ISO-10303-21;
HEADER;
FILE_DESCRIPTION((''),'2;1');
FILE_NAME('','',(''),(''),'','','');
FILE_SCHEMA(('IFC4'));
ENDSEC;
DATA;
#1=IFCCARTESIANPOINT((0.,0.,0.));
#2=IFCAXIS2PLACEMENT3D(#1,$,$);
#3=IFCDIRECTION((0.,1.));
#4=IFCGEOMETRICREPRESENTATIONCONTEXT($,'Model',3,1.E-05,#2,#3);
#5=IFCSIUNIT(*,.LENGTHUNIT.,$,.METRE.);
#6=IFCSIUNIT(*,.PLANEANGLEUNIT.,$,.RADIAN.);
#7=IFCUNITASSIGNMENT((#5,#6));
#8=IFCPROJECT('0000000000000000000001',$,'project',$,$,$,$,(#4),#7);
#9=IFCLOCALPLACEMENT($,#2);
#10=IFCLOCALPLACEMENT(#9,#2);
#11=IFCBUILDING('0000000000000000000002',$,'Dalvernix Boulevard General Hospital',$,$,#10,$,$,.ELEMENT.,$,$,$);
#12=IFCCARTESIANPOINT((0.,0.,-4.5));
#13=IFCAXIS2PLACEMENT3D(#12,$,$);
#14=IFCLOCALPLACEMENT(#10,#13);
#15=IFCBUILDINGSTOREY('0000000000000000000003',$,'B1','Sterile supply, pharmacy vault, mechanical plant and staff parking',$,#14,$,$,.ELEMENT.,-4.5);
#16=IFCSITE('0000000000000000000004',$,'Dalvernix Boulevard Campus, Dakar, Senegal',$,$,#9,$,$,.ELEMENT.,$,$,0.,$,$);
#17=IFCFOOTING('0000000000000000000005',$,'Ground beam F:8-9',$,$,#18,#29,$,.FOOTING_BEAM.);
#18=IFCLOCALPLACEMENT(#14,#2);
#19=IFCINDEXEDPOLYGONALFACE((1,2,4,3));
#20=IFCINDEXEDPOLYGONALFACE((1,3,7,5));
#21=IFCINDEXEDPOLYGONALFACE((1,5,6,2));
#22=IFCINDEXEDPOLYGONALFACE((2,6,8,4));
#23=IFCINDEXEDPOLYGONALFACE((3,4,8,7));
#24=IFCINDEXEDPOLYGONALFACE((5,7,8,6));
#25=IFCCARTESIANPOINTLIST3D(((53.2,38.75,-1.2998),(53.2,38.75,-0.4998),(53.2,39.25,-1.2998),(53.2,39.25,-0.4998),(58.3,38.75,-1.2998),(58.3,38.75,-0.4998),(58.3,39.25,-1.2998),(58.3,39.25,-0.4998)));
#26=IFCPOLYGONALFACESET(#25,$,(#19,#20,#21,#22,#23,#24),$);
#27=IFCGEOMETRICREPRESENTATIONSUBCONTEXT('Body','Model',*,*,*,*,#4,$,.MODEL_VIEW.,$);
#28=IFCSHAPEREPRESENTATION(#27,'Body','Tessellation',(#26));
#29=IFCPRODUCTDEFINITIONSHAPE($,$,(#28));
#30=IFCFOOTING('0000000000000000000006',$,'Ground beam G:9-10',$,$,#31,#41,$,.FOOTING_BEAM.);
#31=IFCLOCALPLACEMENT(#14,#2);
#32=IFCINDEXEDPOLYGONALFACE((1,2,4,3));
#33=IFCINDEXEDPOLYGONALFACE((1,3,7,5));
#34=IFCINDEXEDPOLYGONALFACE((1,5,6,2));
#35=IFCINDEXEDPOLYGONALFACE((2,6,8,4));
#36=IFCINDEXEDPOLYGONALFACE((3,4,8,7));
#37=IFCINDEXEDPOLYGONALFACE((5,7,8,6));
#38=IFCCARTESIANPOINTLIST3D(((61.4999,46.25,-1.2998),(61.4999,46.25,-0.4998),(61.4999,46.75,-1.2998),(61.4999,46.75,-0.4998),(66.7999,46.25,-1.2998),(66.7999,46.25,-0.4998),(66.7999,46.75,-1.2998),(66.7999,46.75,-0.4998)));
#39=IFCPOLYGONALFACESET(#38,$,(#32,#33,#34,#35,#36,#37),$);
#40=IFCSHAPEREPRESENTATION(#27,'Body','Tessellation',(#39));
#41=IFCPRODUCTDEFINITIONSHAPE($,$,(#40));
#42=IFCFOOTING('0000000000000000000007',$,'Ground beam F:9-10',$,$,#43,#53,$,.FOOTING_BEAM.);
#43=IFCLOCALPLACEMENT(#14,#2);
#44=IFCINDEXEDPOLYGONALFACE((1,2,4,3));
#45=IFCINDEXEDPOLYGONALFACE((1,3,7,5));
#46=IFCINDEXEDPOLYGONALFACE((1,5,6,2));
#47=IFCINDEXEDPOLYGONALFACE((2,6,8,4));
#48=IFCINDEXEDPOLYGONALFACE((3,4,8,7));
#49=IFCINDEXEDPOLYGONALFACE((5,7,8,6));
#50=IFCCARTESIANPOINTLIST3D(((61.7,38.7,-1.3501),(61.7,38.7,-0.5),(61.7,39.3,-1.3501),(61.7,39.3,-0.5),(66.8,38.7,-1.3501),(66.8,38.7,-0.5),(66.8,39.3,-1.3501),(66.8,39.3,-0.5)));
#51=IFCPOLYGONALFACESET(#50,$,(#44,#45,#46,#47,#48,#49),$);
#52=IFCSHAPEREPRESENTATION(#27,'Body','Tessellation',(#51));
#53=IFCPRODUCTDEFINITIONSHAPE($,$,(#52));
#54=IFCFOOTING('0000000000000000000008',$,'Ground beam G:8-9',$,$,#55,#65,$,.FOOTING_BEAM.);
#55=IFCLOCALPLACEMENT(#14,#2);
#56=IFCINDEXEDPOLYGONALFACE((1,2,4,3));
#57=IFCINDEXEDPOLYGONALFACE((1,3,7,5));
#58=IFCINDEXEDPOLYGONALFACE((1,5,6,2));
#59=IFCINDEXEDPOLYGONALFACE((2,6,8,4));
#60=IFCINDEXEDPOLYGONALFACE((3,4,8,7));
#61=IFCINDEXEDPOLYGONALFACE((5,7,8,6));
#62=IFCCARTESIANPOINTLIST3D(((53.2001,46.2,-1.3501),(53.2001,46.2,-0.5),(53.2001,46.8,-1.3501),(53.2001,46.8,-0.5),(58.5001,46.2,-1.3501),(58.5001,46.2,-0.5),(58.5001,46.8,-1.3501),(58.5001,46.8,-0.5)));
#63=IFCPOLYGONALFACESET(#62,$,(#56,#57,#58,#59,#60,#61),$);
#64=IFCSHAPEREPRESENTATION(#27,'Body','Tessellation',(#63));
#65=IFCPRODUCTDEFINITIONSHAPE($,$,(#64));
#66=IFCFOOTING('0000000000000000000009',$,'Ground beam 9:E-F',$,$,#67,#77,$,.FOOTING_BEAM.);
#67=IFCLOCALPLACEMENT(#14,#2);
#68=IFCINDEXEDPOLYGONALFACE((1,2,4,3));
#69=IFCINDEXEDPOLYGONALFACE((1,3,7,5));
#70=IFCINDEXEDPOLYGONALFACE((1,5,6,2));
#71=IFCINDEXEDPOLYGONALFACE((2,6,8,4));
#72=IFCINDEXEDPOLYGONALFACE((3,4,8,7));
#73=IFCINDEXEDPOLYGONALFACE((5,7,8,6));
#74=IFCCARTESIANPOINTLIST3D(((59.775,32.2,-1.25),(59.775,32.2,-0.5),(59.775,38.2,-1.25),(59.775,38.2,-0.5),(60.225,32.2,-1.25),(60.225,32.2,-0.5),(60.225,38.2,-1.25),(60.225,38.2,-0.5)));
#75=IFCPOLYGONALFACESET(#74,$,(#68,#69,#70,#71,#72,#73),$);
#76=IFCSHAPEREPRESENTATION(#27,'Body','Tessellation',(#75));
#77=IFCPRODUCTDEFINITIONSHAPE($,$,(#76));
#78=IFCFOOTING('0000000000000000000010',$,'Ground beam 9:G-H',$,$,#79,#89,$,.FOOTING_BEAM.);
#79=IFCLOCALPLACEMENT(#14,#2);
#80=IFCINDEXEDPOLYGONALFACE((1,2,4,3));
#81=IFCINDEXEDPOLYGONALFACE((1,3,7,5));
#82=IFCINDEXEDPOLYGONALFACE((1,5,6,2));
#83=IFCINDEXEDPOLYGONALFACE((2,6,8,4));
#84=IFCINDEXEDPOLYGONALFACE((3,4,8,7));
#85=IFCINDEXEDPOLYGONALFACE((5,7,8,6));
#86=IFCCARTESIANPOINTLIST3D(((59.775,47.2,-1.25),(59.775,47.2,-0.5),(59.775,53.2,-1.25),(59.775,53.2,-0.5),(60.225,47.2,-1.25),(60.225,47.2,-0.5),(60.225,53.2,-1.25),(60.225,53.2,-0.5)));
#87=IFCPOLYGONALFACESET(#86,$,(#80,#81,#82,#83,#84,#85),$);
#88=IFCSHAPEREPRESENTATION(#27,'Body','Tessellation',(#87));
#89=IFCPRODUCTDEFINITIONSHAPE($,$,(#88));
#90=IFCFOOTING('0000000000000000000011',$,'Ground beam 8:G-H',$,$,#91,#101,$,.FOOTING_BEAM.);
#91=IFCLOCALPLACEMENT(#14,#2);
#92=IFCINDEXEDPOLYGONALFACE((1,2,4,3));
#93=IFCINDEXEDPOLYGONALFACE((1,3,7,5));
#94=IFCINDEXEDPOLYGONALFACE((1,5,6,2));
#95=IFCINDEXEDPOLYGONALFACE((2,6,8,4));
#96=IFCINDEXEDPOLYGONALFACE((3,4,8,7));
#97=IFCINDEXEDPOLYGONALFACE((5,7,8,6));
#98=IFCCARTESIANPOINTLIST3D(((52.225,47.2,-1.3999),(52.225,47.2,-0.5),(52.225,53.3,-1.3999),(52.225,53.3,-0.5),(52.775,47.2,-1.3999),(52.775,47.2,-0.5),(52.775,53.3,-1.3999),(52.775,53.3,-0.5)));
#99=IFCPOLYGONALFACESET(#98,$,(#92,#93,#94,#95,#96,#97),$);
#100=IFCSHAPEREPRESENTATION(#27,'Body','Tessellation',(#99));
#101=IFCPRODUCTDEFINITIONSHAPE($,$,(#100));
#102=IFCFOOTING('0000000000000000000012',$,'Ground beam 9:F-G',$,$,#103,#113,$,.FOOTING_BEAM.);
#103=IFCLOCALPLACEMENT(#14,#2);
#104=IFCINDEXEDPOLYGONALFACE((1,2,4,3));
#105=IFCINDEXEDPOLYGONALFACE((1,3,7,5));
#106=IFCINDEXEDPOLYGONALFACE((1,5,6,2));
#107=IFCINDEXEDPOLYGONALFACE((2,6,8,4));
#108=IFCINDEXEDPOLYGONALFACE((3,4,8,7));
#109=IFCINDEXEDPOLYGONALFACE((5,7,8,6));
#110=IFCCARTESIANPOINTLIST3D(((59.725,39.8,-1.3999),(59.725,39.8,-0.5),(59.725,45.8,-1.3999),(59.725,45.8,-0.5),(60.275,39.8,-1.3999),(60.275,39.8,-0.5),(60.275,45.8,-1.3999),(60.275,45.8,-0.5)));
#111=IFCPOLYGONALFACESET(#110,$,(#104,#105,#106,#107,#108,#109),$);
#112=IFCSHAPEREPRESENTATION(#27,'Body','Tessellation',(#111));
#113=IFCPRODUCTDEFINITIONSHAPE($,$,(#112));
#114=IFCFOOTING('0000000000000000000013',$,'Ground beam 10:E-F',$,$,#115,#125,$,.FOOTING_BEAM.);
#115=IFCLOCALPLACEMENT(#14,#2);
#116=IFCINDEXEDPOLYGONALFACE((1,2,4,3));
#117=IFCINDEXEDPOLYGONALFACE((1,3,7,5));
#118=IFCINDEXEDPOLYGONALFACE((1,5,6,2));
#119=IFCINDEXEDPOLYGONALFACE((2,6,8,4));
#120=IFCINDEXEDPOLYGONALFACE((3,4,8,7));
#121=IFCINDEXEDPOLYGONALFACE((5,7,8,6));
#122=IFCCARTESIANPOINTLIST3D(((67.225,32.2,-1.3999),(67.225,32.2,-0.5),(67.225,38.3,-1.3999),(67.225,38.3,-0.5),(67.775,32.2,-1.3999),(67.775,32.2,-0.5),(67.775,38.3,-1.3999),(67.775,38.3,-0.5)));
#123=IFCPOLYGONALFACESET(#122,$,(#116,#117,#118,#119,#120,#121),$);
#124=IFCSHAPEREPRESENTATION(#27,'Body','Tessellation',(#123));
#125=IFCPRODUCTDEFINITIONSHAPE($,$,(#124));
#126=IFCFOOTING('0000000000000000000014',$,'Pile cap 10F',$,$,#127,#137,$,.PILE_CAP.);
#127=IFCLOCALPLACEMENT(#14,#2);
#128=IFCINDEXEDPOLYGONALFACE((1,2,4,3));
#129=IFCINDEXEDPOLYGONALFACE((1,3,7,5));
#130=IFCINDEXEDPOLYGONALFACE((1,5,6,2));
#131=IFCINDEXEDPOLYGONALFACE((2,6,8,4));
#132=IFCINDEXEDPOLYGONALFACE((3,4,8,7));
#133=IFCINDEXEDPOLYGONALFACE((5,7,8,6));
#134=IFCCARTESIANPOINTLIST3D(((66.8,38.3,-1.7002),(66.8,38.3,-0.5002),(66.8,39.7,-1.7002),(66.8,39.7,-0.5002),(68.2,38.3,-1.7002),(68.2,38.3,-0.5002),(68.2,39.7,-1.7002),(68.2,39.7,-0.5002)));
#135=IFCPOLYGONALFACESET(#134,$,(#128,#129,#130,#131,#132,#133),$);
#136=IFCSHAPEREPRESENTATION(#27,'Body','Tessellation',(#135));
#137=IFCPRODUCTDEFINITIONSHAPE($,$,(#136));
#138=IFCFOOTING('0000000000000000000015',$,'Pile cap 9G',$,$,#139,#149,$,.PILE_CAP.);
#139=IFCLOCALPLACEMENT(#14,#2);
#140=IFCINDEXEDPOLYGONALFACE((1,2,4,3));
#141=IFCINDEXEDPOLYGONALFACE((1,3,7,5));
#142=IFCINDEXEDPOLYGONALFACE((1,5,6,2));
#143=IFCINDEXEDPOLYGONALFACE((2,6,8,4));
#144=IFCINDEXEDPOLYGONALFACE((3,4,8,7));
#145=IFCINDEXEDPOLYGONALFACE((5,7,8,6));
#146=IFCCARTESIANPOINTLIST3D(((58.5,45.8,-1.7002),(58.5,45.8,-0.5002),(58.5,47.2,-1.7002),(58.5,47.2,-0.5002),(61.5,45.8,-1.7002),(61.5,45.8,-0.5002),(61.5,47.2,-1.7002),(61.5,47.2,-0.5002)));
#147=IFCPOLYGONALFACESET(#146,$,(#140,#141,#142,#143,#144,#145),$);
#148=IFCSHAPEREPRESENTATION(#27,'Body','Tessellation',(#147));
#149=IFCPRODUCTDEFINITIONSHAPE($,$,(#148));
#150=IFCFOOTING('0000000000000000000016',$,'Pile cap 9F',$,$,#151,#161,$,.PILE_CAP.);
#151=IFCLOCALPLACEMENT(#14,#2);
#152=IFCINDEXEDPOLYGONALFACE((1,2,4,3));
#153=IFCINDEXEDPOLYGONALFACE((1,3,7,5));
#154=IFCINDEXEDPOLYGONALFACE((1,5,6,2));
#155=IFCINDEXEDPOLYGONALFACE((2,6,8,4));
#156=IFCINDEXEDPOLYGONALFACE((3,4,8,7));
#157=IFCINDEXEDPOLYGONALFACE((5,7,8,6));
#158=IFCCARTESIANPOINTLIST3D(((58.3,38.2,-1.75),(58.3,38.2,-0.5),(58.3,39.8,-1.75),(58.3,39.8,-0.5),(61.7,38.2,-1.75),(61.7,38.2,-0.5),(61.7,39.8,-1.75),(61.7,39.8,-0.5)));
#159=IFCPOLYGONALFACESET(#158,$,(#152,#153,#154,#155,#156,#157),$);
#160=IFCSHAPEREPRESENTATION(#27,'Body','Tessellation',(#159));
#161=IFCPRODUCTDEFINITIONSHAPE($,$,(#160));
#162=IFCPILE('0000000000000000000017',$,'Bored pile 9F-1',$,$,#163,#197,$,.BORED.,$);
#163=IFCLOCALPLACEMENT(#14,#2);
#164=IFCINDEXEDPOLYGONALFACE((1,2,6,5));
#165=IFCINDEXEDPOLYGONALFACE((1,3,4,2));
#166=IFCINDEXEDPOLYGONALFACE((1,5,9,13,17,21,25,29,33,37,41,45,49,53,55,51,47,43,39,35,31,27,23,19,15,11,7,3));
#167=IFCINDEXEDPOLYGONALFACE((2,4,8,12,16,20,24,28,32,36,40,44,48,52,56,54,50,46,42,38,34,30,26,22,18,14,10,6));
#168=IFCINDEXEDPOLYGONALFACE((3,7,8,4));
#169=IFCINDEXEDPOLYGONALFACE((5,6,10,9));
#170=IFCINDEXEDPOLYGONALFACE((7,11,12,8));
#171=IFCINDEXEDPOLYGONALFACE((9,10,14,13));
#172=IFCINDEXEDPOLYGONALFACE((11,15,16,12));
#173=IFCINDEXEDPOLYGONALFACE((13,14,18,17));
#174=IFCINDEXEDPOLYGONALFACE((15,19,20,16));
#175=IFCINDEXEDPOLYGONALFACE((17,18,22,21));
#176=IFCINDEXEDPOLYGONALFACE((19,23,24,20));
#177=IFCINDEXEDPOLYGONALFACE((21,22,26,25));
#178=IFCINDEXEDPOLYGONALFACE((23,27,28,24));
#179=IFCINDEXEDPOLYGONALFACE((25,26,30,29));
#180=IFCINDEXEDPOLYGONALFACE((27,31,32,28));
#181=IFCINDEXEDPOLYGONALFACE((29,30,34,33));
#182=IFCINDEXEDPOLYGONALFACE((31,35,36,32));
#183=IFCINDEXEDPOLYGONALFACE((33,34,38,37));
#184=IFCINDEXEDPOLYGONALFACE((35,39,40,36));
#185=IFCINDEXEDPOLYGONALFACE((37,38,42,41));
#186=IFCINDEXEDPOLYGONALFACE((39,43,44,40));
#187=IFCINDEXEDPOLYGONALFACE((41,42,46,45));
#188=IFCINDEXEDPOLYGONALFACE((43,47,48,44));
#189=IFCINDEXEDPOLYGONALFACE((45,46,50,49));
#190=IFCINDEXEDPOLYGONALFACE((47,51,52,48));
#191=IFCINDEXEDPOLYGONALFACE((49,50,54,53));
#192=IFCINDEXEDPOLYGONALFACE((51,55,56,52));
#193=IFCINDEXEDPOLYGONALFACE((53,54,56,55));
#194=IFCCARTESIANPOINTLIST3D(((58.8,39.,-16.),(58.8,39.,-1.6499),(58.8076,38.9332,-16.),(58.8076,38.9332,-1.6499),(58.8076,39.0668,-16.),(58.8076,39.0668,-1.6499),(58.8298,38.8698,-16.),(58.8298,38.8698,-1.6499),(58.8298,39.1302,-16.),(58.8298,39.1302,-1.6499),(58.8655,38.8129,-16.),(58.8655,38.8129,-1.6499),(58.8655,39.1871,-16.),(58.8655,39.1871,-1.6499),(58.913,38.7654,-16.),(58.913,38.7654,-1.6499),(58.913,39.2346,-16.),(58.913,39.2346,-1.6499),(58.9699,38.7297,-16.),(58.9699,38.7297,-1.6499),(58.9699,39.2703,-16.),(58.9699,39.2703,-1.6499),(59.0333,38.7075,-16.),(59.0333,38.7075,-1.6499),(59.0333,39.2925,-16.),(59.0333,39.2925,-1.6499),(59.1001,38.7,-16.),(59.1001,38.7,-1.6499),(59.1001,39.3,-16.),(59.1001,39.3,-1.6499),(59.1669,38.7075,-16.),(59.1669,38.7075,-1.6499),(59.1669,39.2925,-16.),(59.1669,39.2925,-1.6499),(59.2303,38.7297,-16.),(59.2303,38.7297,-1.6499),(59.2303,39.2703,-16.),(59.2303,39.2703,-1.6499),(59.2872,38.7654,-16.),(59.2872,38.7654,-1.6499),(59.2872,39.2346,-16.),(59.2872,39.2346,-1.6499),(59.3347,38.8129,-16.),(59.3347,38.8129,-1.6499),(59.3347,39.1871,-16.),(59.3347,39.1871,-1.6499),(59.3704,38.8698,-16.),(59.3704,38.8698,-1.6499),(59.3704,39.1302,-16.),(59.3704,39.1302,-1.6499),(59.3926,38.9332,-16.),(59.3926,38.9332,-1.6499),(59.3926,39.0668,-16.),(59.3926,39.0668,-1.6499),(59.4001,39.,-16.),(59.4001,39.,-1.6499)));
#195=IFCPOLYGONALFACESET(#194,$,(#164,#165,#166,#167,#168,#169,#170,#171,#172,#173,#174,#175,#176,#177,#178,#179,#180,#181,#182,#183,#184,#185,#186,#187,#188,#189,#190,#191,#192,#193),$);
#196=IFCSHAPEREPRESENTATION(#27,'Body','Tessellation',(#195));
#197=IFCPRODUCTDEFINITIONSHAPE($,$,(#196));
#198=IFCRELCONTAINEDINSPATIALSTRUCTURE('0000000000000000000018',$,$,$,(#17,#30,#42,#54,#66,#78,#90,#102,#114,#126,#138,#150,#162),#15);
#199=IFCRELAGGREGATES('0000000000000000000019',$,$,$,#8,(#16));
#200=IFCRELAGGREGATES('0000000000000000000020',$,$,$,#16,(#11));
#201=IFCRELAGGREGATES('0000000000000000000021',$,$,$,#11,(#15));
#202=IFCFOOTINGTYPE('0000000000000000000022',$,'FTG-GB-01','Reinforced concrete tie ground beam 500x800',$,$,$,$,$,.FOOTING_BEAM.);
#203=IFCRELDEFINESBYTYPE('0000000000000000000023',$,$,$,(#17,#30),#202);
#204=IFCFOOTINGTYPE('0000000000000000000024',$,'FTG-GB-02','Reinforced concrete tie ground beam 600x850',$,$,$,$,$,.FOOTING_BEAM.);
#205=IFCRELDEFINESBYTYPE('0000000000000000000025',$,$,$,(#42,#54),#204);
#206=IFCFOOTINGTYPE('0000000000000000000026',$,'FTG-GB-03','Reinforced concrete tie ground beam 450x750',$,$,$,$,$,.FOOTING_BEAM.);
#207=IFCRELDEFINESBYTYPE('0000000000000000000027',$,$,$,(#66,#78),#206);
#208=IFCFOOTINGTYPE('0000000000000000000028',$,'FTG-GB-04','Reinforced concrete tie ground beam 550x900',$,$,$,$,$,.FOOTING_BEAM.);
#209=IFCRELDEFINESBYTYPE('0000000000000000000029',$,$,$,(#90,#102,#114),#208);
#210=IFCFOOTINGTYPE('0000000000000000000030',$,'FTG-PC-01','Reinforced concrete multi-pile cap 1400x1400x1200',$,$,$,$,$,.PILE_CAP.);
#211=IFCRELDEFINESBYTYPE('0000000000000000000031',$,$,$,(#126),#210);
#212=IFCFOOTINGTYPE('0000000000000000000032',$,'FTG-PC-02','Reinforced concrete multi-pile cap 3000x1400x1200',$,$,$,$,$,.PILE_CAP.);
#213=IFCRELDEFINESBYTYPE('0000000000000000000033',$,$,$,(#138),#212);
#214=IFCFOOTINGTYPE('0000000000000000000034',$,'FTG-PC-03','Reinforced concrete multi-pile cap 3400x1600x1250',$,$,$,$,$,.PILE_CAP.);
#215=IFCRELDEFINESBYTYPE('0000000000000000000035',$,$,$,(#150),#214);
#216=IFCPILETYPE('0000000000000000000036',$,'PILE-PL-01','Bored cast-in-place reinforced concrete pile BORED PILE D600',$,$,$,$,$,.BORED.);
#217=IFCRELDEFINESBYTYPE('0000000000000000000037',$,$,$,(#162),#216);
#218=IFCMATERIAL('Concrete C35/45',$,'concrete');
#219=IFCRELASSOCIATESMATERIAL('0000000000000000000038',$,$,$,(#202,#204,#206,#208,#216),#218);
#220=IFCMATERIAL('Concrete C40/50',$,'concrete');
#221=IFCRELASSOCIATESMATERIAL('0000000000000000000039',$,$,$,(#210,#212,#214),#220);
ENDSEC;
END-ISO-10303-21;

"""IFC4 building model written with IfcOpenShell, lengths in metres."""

from ifc_helpers import new_model, si_unit, direction, frame, origin, origin_2d, place, context, subcontext, project, spatial, rectangle, circle, extrude, material, material_profile, profile_set, type_object, element, save


model = new_model("IFC4")

# Units and contexts
model_context = context("Model", 3, precision=1e-05, world=origin(), true_north=direction((0.0, 1.0)))
body_context = subcontext(model_context, "Body", "Model", "MODEL_VIEW")
ifc_project = project(units=[si_unit("LENGTHUNIT", "METRE"), si_unit("PLANEANGLEUNIT", "RADIAN")], contexts=[model_context])

# Site, building, storey
site_placement = place(None, origin())
site = spatial("IfcSite", under=ifc_project, at=site_placement, Name="Dalvernix Boulevard Campus, Dakar, Senegal", CompositionType="ELEMENT", RefElevation=0.0)
building_placement = place(site_placement, origin())
building = spatial("IfcBuilding", under=site, at=building_placement, Name="Dalvernix Boulevard General Hospital", CompositionType="ELEMENT")
storey_placement = place(building_placement, frame((0.0, 0.0, -4.5)))
storey = spatial("IfcBuildingStorey", under=building, at=storey_placement, Name="B1", Description="Sterile supply, pharmacy vault, mechanical plant and staff parking", CompositionType="ELEMENT", Elevation=-4.5)

# Footings
ifc_material_1 = material(Name="Concrete C35/45", Category="concrete")
footing_type_1 = type_object("IfcFootingType", Name="FTG-GB-01", Description="Reinforced concrete tie ground beam 500x800", PredefinedType="FOOTING_BEAM", material=ifc_material_1)
footing_1_placement = place(storey_placement, frame((55.75, 39.0, -1.2998), z_axis=(0.0, 0.0, 1.0), x_axis=(1.0, 0.0, 0.0)))
element("IfcFooting", 1, at=footing_1_placement, inside=storey, type_object=footing_type_1, Name="Ground beam F:8-9", PredefinedType="FOOTING_BEAM", context=body_context, shape_type="SweptSolid", body=[
    extrude(rectangle(XDim=5.1001, YDim=0.5, at=origin_2d()), origin(), (0.0, 0.0, 1.0), 0.8),
])
footing_2_placement = place(storey_placement, frame((64.1499, 46.5, -1.2998), z_axis=(0.0, 0.0, 1.0), x_axis=(1.0, 0.0, 0.0)))
element("IfcFooting", 2, at=footing_2_placement, inside=storey, type_object=footing_type_1, Name="Ground beam G:9-10", PredefinedType="FOOTING_BEAM", context=body_context, shape_type="SweptSolid", body=[
    extrude(rectangle(XDim=5.3, YDim=0.5, at=origin_2d()), origin(), (0.0, 0.0, 1.0), 0.8),
])
footing_type_2 = type_object("IfcFootingType", Name="FTG-GB-02", Description="Reinforced concrete tie ground beam 600x850", PredefinedType="FOOTING_BEAM", material=ifc_material_1)
footing_3_placement = place(storey_placement, frame((64.25, 39.0, -1.3501), z_axis=(0.0, 0.0, 1.0), x_axis=(1.0, 0.0, 0.0)))
element("IfcFooting", 3, at=footing_3_placement, inside=storey, type_object=footing_type_2, Name="Ground beam F:9-10", PredefinedType="FOOTING_BEAM", context=body_context, shape_type="SweptSolid", body=[
    extrude(rectangle(XDim=5.1001, YDim=0.6001, at=origin_2d()), origin(), (0.0, 0.0, 1.0), 0.8501),
])
footing_4_placement = place(storey_placement, frame((55.8501, 46.5, -1.3501), z_axis=(0.0, 0.0, 1.0), x_axis=(1.0, 0.0, 0.0)))
element("IfcFooting", 4, at=footing_4_placement, inside=storey, type_object=footing_type_2, Name="Ground beam G:8-9", PredefinedType="FOOTING_BEAM", context=body_context, shape_type="SweptSolid", body=[
    extrude(rectangle(XDim=5.3, YDim=0.6001, at=origin_2d()), origin(), (0.0, 0.0, 1.0), 0.8501),
])
footing_type_3 = type_object("IfcFootingType", Name="FTG-GB-03", Description="Reinforced concrete tie ground beam 450x750", PredefinedType="FOOTING_BEAM", material=ifc_material_1)
for number, where, z_axis, x_axis, name in (
    (5, (60.0, 35.2, -1.25), (0.0, 0.0, 1.0), (0.0, 1.0, 0.0), "Ground beam 9:E-F"),
    (6, (60.0, 50.2, -1.25), (0.0, 0.0, 1.0), (0.0, 1.0, 0.0), "Ground beam 9:G-H"),
):
    element("IfcFooting", number, at=place(storey_placement, frame(where, z_axis=z_axis, x_axis=x_axis)), inside=storey, type_object=footing_type_3, Name=name, PredefinedType="FOOTING_BEAM", context=body_context, shape_type="SweptSolid", body=[
        extrude(rectangle(XDim=6.0, YDim=0.45, at=origin_2d()), origin(), (0.0, 0.0, 1.0), 0.75),
    ])
footing_type_4 = type_object("IfcFootingType", Name="FTG-GB-04", Description="Reinforced concrete tie ground beam 550x900", PredefinedType="FOOTING_BEAM", material=ifc_material_1)
footing_5_placement = place(storey_placement, frame((52.5, 50.25, -1.3999), z_axis=(0.0, 0.0, 1.0), x_axis=(0.0, 1.0, 0.0)))
element("IfcFooting", 7, at=footing_5_placement, inside=storey, type_object=footing_type_4, Name="Ground beam 8:G-H", PredefinedType="FOOTING_BEAM", context=body_context, shape_type="SweptSolid", body=[
    extrude(rectangle(XDim=6.1001, YDim=0.55, at=origin_2d()), origin(), (0.0, 0.0, 1.0), 0.8999),
])
footing_6_placement = place(storey_placement, frame((60.0, 42.8, -1.3999), z_axis=(0.0, 0.0, 1.0), x_axis=(0.0, 1.0, 0.0)))
element("IfcFooting", 8, at=footing_6_placement, inside=storey, type_object=footing_type_4, Name="Ground beam 9:F-G", PredefinedType="FOOTING_BEAM", context=body_context, shape_type="SweptSolid", body=[
    extrude(rectangle(XDim=6.0, YDim=0.55, at=origin_2d()), origin(), (0.0, 0.0, 1.0), 0.8999),
])
footing_7_placement = place(storey_placement, frame((67.5, 35.25, -1.3999), z_axis=(0.0, 0.0, 1.0), x_axis=(0.0, 1.0, 0.0)))
element("IfcFooting", 9, at=footing_7_placement, inside=storey, type_object=footing_type_4, Name="Ground beam 10:E-F", PredefinedType="FOOTING_BEAM", context=body_context, shape_type="SweptSolid", body=[
    extrude(rectangle(XDim=6.1001, YDim=0.55, at=origin_2d()), origin(), (0.0, 0.0, 1.0), 0.8999),
])
ifc_material_2 = material(Name="Concrete C40/50", Category="concrete")
footing_type_5 = type_object("IfcFootingType", Name="FTG-PC-01", Description="Reinforced concrete multi-pile cap 1400x1400x1200", PredefinedType="PILE_CAP", material=ifc_material_2)
footing_8_placement = place(storey_placement, frame((67.5, 39.0, -1.7002), z_axis=(0.0, 0.0, 1.0), x_axis=(1.0, 0.0, 0.0)))
element("IfcFooting", 10, at=footing_8_placement, inside=storey, type_object=footing_type_5, Name="Pile cap 10F", PredefinedType="PILE_CAP", context=body_context, shape_type="SweptSolid", body=[
    extrude(rectangle(XDim=1.3999, YDim=1.3999, at=origin_2d()), origin(), (0.0, 0.0, 1.0), 1.2),
])
footing_type_6 = type_object("IfcFootingType", Name="FTG-PC-02", Description="Reinforced concrete multi-pile cap 3000x1400x1200", PredefinedType="PILE_CAP", material=ifc_material_2)
footing_9_placement = place(storey_placement, frame((60.0, 46.5, -1.7002), z_axis=(0.0, 0.0, 1.0), x_axis=(1.0, 0.0, 0.0)))
element("IfcFooting", 11, at=footing_9_placement, inside=storey, type_object=footing_type_6, Name="Pile cap 9G", PredefinedType="PILE_CAP", context=body_context, shape_type="SweptSolid", body=[
    extrude(rectangle(XDim=3.0, YDim=1.3999, at=origin_2d()), origin(), (0.0, 0.0, 1.0), 1.2),
])
footing_type_7 = type_object("IfcFootingType", Name="FTG-PC-03", Description="Reinforced concrete multi-pile cap 3400x1600x1250", PredefinedType="PILE_CAP", material=ifc_material_2)
footing_10_placement = place(storey_placement, frame((60.0, 39.0, -1.75), z_axis=(0.0, 0.0, 1.0), x_axis=(1.0, 0.0, 0.0)))
element("IfcFooting", 12, at=footing_10_placement, inside=storey, type_object=footing_type_7, Name="Pile cap 9F", PredefinedType="PILE_CAP", context=body_context, shape_type="SweptSolid", body=[
    extrude(rectangle(XDim=3.3999, YDim=1.6001, at=origin_2d()), origin(), (0.0, 0.0, 1.0), 1.25),
])

# Pile
ifc_material_profile_1 = material_profile(ifc_material_1, circle(Radius=0.3, at=origin_2d()), Name="BORED PILE D600")
ifc_profile_set_1 = profile_set([ifc_material_profile_1], Name="Concrete C35/45")
pile_type = type_object("IfcPileType", Name="PILE-PL-01", Description="Bored cast-in-place reinforced concrete pile BORED PILE D600", PredefinedType="BORED", material=ifc_profile_set_1)
for number, where, z_axis, x_axis, name in (
    (13, (59.1001, 39.0, -1.6499), (0.0, 0.0, -1.0), (1.0, 0.0, 0.0), "Bored pile 9F-1"),
):
    element("IfcPile", number, at=place(storey_placement, frame(where, z_axis=z_axis, x_axis=x_axis)), inside=storey, type_object=pile_type, Name=name, PredefinedType="BORED", context=body_context, shape_type="SweptSolid", body=[
        extrude(circle(Radius=0.3, at=origin_2d()), origin(), (0.0, 0.0, 1.0), 14.3501),
    ])

save(model, "model.ifc")
